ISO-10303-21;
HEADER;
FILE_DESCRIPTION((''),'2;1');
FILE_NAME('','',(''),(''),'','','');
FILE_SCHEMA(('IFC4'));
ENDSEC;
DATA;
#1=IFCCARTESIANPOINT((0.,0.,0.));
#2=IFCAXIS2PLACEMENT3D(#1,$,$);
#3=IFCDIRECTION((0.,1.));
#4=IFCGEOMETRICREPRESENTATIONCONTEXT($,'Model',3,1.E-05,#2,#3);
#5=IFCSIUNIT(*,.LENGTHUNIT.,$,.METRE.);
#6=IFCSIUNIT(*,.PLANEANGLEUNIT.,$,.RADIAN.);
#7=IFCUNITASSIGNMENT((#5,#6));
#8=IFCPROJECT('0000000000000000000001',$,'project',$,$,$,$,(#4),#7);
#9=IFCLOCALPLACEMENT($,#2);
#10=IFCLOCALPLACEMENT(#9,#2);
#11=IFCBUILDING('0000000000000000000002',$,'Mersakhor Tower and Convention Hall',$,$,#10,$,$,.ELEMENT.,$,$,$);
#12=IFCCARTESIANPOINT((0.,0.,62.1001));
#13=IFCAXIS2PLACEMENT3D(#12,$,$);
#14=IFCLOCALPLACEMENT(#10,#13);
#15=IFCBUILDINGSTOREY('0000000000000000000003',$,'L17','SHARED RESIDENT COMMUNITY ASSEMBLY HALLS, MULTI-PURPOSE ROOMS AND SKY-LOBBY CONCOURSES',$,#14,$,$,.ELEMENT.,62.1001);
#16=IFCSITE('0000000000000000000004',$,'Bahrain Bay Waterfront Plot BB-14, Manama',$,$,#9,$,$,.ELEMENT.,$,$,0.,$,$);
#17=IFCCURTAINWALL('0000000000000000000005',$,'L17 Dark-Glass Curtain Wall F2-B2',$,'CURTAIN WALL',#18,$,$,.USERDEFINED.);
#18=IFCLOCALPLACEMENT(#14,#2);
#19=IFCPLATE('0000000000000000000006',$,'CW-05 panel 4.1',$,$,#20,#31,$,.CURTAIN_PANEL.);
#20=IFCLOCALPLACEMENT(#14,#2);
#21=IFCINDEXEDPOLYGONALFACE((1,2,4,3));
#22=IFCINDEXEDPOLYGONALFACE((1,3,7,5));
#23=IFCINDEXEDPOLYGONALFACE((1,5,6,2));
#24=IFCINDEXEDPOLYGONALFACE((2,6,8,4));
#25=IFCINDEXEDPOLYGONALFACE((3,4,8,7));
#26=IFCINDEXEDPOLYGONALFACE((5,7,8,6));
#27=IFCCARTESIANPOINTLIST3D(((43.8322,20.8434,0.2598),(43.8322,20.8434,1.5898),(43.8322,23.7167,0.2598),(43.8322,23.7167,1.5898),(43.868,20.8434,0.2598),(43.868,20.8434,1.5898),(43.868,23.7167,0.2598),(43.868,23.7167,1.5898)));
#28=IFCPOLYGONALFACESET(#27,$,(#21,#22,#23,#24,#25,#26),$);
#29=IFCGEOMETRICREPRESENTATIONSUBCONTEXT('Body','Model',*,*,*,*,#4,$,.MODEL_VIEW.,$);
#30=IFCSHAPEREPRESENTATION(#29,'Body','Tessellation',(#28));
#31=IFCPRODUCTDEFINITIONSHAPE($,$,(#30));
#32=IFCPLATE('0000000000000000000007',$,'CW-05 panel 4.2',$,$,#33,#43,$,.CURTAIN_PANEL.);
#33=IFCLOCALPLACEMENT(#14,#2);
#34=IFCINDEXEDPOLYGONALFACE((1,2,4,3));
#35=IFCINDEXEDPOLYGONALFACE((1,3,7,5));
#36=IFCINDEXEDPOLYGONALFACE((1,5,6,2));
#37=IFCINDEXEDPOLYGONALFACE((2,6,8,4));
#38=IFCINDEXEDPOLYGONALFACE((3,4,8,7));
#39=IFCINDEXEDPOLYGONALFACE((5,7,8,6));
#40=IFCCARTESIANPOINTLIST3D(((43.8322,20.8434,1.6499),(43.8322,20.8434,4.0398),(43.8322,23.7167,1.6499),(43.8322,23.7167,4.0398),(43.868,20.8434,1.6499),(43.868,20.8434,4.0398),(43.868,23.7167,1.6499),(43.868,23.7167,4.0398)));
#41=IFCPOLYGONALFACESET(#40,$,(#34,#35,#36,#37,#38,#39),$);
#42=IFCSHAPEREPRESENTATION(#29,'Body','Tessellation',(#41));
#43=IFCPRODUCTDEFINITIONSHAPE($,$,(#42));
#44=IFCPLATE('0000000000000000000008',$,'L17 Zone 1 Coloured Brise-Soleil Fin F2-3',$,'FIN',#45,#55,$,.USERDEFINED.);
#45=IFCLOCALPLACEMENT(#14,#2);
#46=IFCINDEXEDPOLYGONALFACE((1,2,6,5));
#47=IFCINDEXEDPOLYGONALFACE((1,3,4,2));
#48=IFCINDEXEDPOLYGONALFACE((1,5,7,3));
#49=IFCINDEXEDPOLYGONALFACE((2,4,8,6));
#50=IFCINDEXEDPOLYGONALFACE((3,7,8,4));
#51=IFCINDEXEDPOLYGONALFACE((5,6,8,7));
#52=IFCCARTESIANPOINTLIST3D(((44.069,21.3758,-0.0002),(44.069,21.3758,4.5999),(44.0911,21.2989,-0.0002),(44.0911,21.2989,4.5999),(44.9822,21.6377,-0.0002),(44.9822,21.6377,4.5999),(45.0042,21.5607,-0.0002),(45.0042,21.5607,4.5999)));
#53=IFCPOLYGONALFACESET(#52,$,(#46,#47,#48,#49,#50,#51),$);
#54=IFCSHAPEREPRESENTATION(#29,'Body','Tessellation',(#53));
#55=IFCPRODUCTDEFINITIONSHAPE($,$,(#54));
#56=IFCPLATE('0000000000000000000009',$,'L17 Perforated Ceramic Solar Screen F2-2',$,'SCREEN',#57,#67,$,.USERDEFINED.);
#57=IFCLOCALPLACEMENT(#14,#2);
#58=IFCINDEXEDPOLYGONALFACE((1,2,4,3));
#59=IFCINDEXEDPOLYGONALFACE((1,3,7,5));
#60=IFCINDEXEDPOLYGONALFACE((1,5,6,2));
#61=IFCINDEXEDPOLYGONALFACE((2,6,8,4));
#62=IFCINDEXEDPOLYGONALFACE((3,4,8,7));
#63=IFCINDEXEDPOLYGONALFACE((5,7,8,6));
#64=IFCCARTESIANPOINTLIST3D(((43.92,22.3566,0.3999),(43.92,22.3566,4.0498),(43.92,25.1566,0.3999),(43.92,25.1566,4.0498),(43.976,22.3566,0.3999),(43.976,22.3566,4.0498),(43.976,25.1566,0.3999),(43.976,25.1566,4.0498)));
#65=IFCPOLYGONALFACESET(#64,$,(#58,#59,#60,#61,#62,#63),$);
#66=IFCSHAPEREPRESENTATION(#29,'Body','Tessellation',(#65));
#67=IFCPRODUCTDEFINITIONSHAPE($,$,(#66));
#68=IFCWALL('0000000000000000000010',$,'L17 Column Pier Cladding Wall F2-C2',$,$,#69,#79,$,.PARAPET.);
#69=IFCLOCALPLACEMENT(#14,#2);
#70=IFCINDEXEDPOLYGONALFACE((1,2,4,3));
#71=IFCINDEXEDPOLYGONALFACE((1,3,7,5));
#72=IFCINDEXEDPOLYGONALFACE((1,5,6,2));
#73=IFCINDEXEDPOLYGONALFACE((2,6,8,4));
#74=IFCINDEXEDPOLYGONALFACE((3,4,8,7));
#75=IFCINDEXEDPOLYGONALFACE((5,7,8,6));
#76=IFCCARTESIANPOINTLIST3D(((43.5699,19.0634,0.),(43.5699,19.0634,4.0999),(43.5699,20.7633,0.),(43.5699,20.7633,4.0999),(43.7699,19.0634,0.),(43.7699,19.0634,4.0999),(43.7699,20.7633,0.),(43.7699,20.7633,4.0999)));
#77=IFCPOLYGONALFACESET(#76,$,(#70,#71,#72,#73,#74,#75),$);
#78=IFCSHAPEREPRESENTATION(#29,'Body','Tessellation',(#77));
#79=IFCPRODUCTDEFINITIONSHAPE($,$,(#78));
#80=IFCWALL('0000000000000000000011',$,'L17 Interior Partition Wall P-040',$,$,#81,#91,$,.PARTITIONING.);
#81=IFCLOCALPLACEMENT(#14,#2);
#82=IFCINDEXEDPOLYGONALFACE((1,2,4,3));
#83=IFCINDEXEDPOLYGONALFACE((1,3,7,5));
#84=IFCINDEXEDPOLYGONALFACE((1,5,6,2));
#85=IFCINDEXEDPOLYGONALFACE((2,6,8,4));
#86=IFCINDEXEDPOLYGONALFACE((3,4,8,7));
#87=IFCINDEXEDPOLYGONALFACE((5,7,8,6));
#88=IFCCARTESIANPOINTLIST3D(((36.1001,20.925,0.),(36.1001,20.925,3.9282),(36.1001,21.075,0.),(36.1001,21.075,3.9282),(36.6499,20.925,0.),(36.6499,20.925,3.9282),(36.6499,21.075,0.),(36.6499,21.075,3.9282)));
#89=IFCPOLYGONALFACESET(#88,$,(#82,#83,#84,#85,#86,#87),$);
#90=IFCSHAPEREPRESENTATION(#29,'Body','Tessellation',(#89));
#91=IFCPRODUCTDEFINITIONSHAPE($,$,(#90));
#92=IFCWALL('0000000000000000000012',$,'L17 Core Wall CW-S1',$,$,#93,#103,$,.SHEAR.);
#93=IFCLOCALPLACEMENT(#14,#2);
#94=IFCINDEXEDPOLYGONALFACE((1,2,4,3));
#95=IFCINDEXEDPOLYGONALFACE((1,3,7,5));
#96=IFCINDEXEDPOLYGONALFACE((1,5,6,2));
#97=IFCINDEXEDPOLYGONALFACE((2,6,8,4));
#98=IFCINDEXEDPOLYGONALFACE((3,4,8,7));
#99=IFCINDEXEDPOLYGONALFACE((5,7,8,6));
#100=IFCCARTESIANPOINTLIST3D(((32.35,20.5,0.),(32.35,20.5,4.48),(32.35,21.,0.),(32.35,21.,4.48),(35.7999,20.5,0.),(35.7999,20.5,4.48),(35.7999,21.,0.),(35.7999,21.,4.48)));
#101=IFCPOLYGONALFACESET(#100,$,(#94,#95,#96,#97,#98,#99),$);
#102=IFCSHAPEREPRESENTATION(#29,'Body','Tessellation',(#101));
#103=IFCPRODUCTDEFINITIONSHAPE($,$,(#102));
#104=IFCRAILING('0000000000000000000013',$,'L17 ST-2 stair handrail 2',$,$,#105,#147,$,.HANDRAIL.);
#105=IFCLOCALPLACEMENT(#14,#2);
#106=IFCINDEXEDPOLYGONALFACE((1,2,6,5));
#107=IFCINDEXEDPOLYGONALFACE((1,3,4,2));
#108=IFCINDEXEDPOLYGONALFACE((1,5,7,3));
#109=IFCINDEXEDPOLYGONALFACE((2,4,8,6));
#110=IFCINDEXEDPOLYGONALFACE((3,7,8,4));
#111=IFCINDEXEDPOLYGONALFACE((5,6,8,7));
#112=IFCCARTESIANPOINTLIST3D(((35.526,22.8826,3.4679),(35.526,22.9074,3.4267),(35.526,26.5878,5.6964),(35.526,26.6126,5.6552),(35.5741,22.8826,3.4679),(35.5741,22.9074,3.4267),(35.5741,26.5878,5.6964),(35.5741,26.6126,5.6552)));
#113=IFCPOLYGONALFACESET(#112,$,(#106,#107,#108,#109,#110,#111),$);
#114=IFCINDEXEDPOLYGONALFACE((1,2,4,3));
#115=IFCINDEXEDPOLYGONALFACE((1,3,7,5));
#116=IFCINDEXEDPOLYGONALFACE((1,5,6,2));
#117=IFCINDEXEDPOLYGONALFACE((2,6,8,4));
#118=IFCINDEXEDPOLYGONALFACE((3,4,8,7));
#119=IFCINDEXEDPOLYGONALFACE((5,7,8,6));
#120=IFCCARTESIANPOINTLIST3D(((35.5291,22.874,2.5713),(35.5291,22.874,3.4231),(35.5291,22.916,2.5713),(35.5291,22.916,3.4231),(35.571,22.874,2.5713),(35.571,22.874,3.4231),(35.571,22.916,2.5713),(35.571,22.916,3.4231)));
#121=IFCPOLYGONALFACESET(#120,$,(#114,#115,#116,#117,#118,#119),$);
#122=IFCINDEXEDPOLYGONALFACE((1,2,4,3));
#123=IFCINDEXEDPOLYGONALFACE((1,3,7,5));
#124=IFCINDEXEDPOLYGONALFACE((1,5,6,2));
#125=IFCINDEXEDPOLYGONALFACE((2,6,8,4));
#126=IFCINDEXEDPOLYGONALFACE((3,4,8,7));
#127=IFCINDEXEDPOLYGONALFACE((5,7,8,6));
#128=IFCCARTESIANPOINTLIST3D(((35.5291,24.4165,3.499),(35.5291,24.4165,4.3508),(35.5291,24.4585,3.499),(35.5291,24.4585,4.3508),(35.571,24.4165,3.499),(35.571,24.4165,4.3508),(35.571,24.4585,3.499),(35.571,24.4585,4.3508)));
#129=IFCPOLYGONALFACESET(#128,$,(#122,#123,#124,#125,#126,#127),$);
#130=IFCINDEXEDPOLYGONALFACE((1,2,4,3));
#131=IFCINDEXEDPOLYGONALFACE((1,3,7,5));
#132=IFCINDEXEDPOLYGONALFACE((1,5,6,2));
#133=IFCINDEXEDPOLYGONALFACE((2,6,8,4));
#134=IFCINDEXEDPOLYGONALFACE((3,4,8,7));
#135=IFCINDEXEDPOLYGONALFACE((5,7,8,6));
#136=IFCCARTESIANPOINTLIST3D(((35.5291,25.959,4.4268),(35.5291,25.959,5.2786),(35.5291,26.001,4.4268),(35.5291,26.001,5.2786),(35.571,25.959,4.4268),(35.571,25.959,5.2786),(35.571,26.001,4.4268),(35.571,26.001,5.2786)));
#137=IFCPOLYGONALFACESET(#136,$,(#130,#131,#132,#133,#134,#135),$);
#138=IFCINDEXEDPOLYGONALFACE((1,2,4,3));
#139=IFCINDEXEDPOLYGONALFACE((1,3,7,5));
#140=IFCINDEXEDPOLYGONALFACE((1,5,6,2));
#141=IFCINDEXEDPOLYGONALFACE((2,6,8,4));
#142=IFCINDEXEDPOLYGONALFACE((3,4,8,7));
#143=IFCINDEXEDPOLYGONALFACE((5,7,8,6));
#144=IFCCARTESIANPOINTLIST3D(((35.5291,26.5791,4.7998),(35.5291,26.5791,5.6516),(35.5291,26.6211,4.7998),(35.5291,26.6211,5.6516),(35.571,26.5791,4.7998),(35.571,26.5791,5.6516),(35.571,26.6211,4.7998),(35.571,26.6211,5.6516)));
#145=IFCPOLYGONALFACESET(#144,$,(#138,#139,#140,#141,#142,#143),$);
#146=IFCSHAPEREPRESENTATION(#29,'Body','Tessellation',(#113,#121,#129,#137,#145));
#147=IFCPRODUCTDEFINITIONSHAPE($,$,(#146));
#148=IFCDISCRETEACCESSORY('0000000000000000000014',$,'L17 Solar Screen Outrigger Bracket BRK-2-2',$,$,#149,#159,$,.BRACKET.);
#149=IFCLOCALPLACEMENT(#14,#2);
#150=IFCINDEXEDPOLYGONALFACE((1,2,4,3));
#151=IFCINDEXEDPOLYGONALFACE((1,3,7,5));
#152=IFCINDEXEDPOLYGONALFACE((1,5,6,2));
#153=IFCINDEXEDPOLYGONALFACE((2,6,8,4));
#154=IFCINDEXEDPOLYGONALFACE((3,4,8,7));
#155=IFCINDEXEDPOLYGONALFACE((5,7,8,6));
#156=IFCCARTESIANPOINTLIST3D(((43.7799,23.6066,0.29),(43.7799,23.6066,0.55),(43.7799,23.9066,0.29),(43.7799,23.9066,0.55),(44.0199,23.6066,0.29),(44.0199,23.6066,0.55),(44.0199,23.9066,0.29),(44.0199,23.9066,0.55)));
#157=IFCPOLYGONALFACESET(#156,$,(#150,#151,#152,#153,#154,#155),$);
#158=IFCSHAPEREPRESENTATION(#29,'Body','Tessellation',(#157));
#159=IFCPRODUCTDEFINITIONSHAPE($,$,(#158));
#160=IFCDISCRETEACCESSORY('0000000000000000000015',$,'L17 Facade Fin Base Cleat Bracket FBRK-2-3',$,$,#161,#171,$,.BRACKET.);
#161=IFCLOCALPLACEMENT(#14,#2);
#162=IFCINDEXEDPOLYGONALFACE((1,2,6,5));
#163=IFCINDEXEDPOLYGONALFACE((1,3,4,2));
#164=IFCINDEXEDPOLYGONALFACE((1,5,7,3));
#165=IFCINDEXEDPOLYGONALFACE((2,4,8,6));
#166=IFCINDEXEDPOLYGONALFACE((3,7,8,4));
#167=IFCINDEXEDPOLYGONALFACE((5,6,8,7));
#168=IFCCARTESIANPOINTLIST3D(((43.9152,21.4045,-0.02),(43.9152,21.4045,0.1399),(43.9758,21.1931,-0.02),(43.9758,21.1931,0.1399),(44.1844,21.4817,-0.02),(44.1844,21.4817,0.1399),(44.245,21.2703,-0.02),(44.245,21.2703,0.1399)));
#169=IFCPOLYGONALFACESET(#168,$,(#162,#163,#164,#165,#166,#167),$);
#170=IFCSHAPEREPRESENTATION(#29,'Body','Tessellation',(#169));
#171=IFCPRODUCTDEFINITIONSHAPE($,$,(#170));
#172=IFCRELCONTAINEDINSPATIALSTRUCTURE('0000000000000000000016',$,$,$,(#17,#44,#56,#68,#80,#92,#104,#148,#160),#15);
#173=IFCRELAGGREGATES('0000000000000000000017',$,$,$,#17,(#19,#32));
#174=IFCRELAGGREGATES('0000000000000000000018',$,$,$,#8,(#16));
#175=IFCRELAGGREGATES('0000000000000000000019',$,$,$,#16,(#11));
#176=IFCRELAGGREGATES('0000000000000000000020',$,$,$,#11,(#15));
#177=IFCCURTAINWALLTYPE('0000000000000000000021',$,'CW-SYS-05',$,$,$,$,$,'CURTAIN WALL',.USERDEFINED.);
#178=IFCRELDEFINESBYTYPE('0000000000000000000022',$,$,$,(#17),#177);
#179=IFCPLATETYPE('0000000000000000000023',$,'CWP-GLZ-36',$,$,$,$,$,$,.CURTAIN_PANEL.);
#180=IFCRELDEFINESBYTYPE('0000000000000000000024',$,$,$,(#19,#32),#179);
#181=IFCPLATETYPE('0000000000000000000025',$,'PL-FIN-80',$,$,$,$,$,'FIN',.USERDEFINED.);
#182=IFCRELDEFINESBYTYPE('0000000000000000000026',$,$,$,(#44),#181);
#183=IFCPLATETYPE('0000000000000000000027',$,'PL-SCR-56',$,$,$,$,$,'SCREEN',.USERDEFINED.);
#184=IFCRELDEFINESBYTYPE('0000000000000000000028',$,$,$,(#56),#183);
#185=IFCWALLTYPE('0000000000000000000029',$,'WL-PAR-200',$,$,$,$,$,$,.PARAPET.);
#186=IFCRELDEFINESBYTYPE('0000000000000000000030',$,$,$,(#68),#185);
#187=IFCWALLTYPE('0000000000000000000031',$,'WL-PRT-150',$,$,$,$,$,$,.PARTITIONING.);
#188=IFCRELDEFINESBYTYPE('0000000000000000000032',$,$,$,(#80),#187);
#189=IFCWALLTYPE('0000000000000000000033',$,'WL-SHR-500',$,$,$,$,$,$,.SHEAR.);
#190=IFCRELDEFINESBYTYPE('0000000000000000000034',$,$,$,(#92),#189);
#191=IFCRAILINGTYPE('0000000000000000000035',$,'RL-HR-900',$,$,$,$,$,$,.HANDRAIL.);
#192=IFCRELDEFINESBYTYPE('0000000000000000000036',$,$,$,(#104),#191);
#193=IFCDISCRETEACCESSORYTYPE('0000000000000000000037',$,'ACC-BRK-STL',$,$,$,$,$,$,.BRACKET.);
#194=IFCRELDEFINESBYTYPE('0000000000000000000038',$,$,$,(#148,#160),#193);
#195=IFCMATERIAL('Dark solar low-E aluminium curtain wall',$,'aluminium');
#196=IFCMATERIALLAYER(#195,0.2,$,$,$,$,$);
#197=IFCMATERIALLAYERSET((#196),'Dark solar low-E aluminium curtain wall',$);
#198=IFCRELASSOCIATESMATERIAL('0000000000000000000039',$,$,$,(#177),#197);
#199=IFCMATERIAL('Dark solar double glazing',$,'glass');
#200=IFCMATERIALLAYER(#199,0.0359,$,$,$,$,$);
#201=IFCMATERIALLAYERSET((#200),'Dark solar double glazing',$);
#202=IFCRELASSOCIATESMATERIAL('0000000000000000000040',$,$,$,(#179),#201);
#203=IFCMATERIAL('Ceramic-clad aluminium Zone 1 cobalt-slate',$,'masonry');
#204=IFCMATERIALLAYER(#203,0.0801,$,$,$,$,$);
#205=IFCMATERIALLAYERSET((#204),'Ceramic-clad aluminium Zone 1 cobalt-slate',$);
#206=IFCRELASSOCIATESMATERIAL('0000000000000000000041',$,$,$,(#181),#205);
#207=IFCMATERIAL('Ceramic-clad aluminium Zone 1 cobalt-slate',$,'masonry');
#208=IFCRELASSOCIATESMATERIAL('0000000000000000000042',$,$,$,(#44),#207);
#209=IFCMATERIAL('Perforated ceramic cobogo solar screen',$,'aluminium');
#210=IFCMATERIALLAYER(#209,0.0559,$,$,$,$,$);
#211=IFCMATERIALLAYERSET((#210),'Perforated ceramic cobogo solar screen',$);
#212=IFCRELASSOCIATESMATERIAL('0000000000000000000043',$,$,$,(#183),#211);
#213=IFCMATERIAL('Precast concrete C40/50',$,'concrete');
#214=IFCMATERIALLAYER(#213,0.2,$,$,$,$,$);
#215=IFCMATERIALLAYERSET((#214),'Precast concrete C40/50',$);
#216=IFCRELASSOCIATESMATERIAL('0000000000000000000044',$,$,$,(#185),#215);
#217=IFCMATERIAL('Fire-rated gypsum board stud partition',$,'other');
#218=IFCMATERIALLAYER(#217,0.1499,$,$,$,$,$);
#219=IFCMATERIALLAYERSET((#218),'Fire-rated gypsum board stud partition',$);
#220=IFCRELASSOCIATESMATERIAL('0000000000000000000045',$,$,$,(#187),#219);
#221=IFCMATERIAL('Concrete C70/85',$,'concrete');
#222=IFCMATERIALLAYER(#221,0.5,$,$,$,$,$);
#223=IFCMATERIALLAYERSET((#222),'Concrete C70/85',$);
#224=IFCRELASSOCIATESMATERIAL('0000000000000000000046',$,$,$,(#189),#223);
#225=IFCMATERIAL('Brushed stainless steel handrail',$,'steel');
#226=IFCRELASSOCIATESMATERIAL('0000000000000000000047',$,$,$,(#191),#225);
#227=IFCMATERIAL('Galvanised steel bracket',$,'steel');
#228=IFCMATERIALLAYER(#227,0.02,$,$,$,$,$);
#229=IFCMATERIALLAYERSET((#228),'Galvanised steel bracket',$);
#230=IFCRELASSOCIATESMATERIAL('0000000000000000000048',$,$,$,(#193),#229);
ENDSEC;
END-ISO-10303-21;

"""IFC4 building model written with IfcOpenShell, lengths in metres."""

from ifc_helpers import new_model, si_unit, direction, frame, frame_2d, origin, origin_2d, place, context, subcontext, project, spatial, rectangle, extrude, material, layer, layer_set, type_object, element, aggregate, save


model = new_model("IFC4")

# Units and contexts
model_context = context("Model", 3, precision=1e-05, world=origin(), true_north=direction((0.0, 1.0)))
body_context = subcontext(model_context, "Body", "Model", "MODEL_VIEW")
ifc_project = project(units=[si_unit("LENGTHUNIT", "METRE"), si_unit("PLANEANGLEUNIT", "RADIAN")], contexts=[model_context])

# Site, building, storey
site_placement = place(None, origin())
site = spatial("IfcSite", under=ifc_project, at=site_placement, Name="Bahrain Bay Waterfront Plot BB-14, Manama", CompositionType="ELEMENT", RefElevation=0.0)
building_placement = place(site_placement, origin())
building = spatial("IfcBuilding", under=site, at=building_placement, Name="Mersakhor Tower and Convention Hall", CompositionType="ELEMENT")
storey_placement = place(building_placement, frame((0.0, 0.0, 62.1001)))
storey = spatial("IfcBuildingStorey", under=building, at=storey_placement, Name="L17", Description="SHARED RESIDENT COMMUNITY ASSEMBLY HALLS, MULTI-PURPOSE ROOMS AND SKY-LOBBY CONCOURSES", CompositionType="ELEMENT", Elevation=62.1001)

# Curtain wall, plates
ifc_material_1 = material(Name="Dark solar low-E aluminium curtain wall", Category="aluminium")
ifc_layer_1 = layer(ifc_material_1, 0.2)
ifc_layer_set_1 = layer_set([ifc_layer_1], Name="Dark solar low-E aluminium curtain wall")
curtain_wall_type = type_object("IfcCurtainWallType", Name="CW-SYS-05", ElementType="CURTAIN WALL", PredefinedType="USERDEFINED", material=ifc_layer_set_1)
curtain_wall_placement = place(storey_placement, origin())
curtain_wall = element("IfcCurtainWall", 1, at=curtain_wall_placement, inside=storey, type_object=curtain_wall_type, Name="L17 Dark-Glass Curtain Wall F2-B2", ObjectType="CURTAIN WALL", PredefinedType="USERDEFINED")
ifc_material_2 = material(Name="Dark solar double glazing", Category="glass")
ifc_layer_2 = layer(ifc_material_2, 0.0359)
ifc_layer_set_2 = layer_set([ifc_layer_2], Name="Dark solar double glazing")
plate_type_1 = type_object("IfcPlateType", Name="CWP-GLZ-36", PredefinedType="CURTAIN_PANEL", material=ifc_layer_set_2)
plate_1_placement = place(storey_placement, frame((43.8501, 22.28, 0.2598), z_axis=(0.0, 0.0, 1.0), x_axis=(0.0, -1.0, 0.0)))
plate_1 = element("IfcPlate", 2, at=plate_1_placement, type_object=plate_type_1, Name="CW-05 panel 4.1", PredefinedType="CURTAIN_PANEL", context=body_context, shape_type="SweptSolid", body=[
    extrude(rectangle(XDim=2.8733, YDim=0.0359, at=origin_2d()), origin(), (0.0, 0.0, 1.0), 1.3301),
])
plate_2_placement = place(storey_placement, frame((43.8501, 22.28, 1.6499), z_axis=(0.0, 0.0, 1.0), x_axis=(0.0, -1.0, 0.0)))
plate_2 = element("IfcPlate", 3, at=plate_2_placement, type_object=plate_type_1, Name="CW-05 panel 4.2", PredefinedType="CURTAIN_PANEL", context=body_context, shape_type="SweptSolid", body=[
    extrude(rectangle(XDim=2.8733, YDim=0.0359, at=origin_2d()), origin(), (0.0, 0.0, 1.0), 2.3899),
])
aggregate(curtain_wall, [plate_1, plate_2])

# Plates
ifc_material_3 = material(Name="Ceramic-clad aluminium Zone 1 cobalt-slate", Category="masonry")
ifc_material_4 = material(Name="Ceramic-clad aluminium Zone 1 cobalt-slate", Category="masonry")
ifc_layer_3 = layer(ifc_material_4, 0.0801)
ifc_layer_set_3 = layer_set([ifc_layer_3], Name="Ceramic-clad aluminium Zone 1 cobalt-slate")
plate_type_2 = type_object("IfcPlateType", Name="PL-FIN-80", ElementType="FIN", PredefinedType="USERDEFINED", material=ifc_layer_set_3)
plate_3_placement = place(storey_placement, frame((44.5366, 21.4683, -0.0002), z_axis=(0.0, 0.0, 1.0), x_axis=(0.961262, 0.275637, 0.0)))
element("IfcPlate", 4, at=plate_3_placement, inside=storey, type_object=plate_type_2, material=ifc_material_3, Name="L17 Zone 1 Coloured Brise-Soleil Fin F2-3", ObjectType="FIN", PredefinedType="USERDEFINED", context=body_context, shape_type="SweptSolid", body=[
    extrude(rectangle(XDim=0.95, YDim=0.0801, at=origin_2d()), origin(), (0.0, 0.0, 1.0), 4.6001),
])
ifc_material_5 = material(Name="Perforated ceramic cobogo solar screen", Category="aluminium")
ifc_layer_4 = layer(ifc_material_5, 0.0559)
ifc_layer_set_4 = layer_set([ifc_layer_4], Name="Perforated ceramic cobogo solar screen")
plate_type_3 = type_object("IfcPlateType", Name="PL-SCR-56", ElementType="SCREEN", PredefinedType="USERDEFINED", material=ifc_layer_set_4)
plate_4_placement = place(storey_placement, frame((43.948, 23.7566, 0.3999), z_axis=(0.0, 0.0, 1.0), x_axis=(0.0, -1.0, 0.0)))
element("IfcPlate", 5, at=plate_4_placement, inside=storey, type_object=plate_type_3, Name="L17 Perforated Ceramic Solar Screen F2-2", ObjectType="SCREEN", PredefinedType="USERDEFINED", context=body_context, shape_type="SweptSolid", body=[
    extrude(rectangle(XDim=2.8, YDim=0.0559, at=origin_2d()), origin(), (0.0, 0.0, 1.0), 3.6499),
])

# Walls
ifc_material_6 = material(Name="Precast concrete C40/50", Category="concrete")
ifc_layer_5 = layer(ifc_material_6, 0.2)
ifc_layer_set_5 = layer_set([ifc_layer_5], Name="Precast concrete C40/50")
wall_type_1 = type_object("IfcWallType", Name="WL-PAR-200", PredefinedType="PARAPET", material=ifc_layer_set_5)
wall_1_placement = place(storey_placement, frame((43.6699, 20.7634, 0.0), z_axis=(0.0, 0.0, 1.0), x_axis=(0.0, -1.0, 0.0)))
element("IfcWall", 6, at=wall_1_placement, inside=storey, type_object=wall_type_1, Name="L17 Column Pier Cladding Wall F2-C2", PredefinedType="PARAPET", context=body_context, shape_type="SweptSolid", body=[
    extrude(rectangle(XDim=1.7, YDim=0.2, at=frame_2d((0.8501, 0.0))), origin(), (0.0, 0.0, 1.0), 4.0999),
])
ifc_material_7 = material(Name="Fire-rated gypsum board stud partition", Category="other")
ifc_layer_6 = layer(ifc_material_7, 0.1499)
ifc_layer_set_6 = layer_set([ifc_layer_6], Name="Fire-rated gypsum board stud partition")
wall_type_2 = type_object("IfcWallType", Name="WL-PRT-150", PredefinedType="PARTITIONING", material=ifc_layer_set_6)
wall_2_placement = place(storey_placement, frame((36.6499, 21.0, 0.0), z_axis=(0.0, 0.0, 1.0), x_axis=(-1.0, 0.0, 0.0)))
element("IfcWall", 7, at=wall_2_placement, inside=storey, type_object=wall_type_2, Name="L17 Interior Partition Wall P-040", PredefinedType="PARTITIONING", context=body_context, shape_type="SweptSolid", body=[
    extrude(rectangle(XDim=0.5498, YDim=0.1499, at=frame_2d((0.2749, 0.0))), origin(), (0.0, 0.0, 1.0), 3.9282),
])
ifc_material_8 = material(Name="Concrete C70/85", Category="concrete")
ifc_layer_7 = layer(ifc_material_8, 0.5)
ifc_layer_set_7 = layer_set([ifc_layer_7], Name="Concrete C70/85")
wall_type_3 = type_object("IfcWallType", Name="WL-SHR-500", PredefinedType="SHEAR", material=ifc_layer_set_7)
wall_3_placement = place(storey_placement, frame((35.8, 20.75, 0.0), z_axis=(0.0, 0.0, 1.0), x_axis=(-1.0, 0.0, 0.0)))
element("IfcWall", 8, at=wall_3_placement, inside=storey, type_object=wall_type_3, Name="L17 Core Wall CW-S1", PredefinedType="SHEAR", context=body_context, shape_type="SweptSolid", body=[
    extrude(rectangle(XDim=3.45, YDim=0.5, at=frame_2d((1.7251, 0.0))), origin(), (0.0, 0.0, 1.0), 4.48),
])

# Railing
ifc_material_9 = material(Name="Brushed stainless steel handrail", Category="steel")
railing_type = type_object("IfcRailingType", Name="RL-HR-900", PredefinedType="HANDRAIL", material=ifc_material_9)
railing_placement = place(storey_placement, frame((35.55, 22.895, 2.5713)))
element("IfcRailing", 9, at=railing_placement, inside=storey, type_object=railing_type, Name="L17 ST-2 stair handrail 2", PredefinedType="HANDRAIL", context=body_context, shape_type="SweptSolid", body=[
    extrude(rectangle(XDim=0.0481, YDim=0.0481, at=origin_2d()), frame((0.0, 0.0, 0.876), z_axis=(0.0, 0.856934, 0.515425), x_axis=(-1.0, 0.0, 0.0)), (0.0, 0.0, 1.0), 4.3237),
    extrude(rectangle(XDim=0.042, YDim=0.042, at=origin_2d()), origin(), (0.0, 0.0, 1.0), 0.8518),
    extrude(rectangle(XDim=0.042, YDim=0.042, at=origin_2d()), frame((0.0, 1.5425, 0.9277)), (0.0, 0.0, 1.0), 0.8518),
    extrude(rectangle(XDim=0.042, YDim=0.042, at=origin_2d()), frame((0.0, 3.085, 1.8555)), (0.0, 0.0, 1.0), 0.8518),
    extrude(rectangle(XDim=0.042, YDim=0.042, at=origin_2d()), frame((0.0, 3.7051, 2.2285)), (0.0, 0.0, 1.0), 0.8518),
])

# Discrete accessories
ifc_material_10 = material(Name="Galvanised steel bracket", Category="steel")
ifc_layer_8 = layer(ifc_material_10, 0.02)
ifc_layer_set_8 = layer_set([ifc_layer_8], Name="Galvanised steel bracket")
discrete_accessory_type = type_object("IfcDiscreteAccessoryType", Name="ACC-BRK-STL", PredefinedType="BRACKET", material=ifc_layer_set_8)
discrete_accessory_1_placement = place(storey_placement, frame((43.8999, 23.7566, 0.29), z_axis=(0.0, 0.0, 1.0), x_axis=(0.0, -1.0, 0.0)))
element("IfcDiscreteAccessory", 10, at=discrete_accessory_1_placement, inside=storey, type_object=discrete_accessory_type, Name="L17 Solar Screen Outrigger Bracket BRK-2-2", PredefinedType="BRACKET", context=body_context, shape_type="SweptSolid", body=[
    extrude(rectangle(XDim=0.3, YDim=0.24, at=origin_2d()), origin(), (0.0, 0.0, 1.0), 0.26),
])
discrete_accessory_2_placement = place(storey_placement, frame((44.0801, 21.3374, -0.02), z_axis=(0.0, 0.0, 1.0), x_axis=(0.961262, 0.275637, 0.0)))
element("IfcDiscreteAccessory", 11, at=discrete_accessory_2_placement, inside=storey, type_object=discrete_accessory_type, Name="L17 Facade Fin Base Cleat Bracket FBRK-2-3", PredefinedType="BRACKET", context=body_context, shape_type="SweptSolid", body=[
    extrude(rectangle(XDim=0.28, YDim=0.22, at=origin_2d()), origin(), (0.0, 0.0, 1.0), 0.1599),
])

save(model, "model.ifc")
